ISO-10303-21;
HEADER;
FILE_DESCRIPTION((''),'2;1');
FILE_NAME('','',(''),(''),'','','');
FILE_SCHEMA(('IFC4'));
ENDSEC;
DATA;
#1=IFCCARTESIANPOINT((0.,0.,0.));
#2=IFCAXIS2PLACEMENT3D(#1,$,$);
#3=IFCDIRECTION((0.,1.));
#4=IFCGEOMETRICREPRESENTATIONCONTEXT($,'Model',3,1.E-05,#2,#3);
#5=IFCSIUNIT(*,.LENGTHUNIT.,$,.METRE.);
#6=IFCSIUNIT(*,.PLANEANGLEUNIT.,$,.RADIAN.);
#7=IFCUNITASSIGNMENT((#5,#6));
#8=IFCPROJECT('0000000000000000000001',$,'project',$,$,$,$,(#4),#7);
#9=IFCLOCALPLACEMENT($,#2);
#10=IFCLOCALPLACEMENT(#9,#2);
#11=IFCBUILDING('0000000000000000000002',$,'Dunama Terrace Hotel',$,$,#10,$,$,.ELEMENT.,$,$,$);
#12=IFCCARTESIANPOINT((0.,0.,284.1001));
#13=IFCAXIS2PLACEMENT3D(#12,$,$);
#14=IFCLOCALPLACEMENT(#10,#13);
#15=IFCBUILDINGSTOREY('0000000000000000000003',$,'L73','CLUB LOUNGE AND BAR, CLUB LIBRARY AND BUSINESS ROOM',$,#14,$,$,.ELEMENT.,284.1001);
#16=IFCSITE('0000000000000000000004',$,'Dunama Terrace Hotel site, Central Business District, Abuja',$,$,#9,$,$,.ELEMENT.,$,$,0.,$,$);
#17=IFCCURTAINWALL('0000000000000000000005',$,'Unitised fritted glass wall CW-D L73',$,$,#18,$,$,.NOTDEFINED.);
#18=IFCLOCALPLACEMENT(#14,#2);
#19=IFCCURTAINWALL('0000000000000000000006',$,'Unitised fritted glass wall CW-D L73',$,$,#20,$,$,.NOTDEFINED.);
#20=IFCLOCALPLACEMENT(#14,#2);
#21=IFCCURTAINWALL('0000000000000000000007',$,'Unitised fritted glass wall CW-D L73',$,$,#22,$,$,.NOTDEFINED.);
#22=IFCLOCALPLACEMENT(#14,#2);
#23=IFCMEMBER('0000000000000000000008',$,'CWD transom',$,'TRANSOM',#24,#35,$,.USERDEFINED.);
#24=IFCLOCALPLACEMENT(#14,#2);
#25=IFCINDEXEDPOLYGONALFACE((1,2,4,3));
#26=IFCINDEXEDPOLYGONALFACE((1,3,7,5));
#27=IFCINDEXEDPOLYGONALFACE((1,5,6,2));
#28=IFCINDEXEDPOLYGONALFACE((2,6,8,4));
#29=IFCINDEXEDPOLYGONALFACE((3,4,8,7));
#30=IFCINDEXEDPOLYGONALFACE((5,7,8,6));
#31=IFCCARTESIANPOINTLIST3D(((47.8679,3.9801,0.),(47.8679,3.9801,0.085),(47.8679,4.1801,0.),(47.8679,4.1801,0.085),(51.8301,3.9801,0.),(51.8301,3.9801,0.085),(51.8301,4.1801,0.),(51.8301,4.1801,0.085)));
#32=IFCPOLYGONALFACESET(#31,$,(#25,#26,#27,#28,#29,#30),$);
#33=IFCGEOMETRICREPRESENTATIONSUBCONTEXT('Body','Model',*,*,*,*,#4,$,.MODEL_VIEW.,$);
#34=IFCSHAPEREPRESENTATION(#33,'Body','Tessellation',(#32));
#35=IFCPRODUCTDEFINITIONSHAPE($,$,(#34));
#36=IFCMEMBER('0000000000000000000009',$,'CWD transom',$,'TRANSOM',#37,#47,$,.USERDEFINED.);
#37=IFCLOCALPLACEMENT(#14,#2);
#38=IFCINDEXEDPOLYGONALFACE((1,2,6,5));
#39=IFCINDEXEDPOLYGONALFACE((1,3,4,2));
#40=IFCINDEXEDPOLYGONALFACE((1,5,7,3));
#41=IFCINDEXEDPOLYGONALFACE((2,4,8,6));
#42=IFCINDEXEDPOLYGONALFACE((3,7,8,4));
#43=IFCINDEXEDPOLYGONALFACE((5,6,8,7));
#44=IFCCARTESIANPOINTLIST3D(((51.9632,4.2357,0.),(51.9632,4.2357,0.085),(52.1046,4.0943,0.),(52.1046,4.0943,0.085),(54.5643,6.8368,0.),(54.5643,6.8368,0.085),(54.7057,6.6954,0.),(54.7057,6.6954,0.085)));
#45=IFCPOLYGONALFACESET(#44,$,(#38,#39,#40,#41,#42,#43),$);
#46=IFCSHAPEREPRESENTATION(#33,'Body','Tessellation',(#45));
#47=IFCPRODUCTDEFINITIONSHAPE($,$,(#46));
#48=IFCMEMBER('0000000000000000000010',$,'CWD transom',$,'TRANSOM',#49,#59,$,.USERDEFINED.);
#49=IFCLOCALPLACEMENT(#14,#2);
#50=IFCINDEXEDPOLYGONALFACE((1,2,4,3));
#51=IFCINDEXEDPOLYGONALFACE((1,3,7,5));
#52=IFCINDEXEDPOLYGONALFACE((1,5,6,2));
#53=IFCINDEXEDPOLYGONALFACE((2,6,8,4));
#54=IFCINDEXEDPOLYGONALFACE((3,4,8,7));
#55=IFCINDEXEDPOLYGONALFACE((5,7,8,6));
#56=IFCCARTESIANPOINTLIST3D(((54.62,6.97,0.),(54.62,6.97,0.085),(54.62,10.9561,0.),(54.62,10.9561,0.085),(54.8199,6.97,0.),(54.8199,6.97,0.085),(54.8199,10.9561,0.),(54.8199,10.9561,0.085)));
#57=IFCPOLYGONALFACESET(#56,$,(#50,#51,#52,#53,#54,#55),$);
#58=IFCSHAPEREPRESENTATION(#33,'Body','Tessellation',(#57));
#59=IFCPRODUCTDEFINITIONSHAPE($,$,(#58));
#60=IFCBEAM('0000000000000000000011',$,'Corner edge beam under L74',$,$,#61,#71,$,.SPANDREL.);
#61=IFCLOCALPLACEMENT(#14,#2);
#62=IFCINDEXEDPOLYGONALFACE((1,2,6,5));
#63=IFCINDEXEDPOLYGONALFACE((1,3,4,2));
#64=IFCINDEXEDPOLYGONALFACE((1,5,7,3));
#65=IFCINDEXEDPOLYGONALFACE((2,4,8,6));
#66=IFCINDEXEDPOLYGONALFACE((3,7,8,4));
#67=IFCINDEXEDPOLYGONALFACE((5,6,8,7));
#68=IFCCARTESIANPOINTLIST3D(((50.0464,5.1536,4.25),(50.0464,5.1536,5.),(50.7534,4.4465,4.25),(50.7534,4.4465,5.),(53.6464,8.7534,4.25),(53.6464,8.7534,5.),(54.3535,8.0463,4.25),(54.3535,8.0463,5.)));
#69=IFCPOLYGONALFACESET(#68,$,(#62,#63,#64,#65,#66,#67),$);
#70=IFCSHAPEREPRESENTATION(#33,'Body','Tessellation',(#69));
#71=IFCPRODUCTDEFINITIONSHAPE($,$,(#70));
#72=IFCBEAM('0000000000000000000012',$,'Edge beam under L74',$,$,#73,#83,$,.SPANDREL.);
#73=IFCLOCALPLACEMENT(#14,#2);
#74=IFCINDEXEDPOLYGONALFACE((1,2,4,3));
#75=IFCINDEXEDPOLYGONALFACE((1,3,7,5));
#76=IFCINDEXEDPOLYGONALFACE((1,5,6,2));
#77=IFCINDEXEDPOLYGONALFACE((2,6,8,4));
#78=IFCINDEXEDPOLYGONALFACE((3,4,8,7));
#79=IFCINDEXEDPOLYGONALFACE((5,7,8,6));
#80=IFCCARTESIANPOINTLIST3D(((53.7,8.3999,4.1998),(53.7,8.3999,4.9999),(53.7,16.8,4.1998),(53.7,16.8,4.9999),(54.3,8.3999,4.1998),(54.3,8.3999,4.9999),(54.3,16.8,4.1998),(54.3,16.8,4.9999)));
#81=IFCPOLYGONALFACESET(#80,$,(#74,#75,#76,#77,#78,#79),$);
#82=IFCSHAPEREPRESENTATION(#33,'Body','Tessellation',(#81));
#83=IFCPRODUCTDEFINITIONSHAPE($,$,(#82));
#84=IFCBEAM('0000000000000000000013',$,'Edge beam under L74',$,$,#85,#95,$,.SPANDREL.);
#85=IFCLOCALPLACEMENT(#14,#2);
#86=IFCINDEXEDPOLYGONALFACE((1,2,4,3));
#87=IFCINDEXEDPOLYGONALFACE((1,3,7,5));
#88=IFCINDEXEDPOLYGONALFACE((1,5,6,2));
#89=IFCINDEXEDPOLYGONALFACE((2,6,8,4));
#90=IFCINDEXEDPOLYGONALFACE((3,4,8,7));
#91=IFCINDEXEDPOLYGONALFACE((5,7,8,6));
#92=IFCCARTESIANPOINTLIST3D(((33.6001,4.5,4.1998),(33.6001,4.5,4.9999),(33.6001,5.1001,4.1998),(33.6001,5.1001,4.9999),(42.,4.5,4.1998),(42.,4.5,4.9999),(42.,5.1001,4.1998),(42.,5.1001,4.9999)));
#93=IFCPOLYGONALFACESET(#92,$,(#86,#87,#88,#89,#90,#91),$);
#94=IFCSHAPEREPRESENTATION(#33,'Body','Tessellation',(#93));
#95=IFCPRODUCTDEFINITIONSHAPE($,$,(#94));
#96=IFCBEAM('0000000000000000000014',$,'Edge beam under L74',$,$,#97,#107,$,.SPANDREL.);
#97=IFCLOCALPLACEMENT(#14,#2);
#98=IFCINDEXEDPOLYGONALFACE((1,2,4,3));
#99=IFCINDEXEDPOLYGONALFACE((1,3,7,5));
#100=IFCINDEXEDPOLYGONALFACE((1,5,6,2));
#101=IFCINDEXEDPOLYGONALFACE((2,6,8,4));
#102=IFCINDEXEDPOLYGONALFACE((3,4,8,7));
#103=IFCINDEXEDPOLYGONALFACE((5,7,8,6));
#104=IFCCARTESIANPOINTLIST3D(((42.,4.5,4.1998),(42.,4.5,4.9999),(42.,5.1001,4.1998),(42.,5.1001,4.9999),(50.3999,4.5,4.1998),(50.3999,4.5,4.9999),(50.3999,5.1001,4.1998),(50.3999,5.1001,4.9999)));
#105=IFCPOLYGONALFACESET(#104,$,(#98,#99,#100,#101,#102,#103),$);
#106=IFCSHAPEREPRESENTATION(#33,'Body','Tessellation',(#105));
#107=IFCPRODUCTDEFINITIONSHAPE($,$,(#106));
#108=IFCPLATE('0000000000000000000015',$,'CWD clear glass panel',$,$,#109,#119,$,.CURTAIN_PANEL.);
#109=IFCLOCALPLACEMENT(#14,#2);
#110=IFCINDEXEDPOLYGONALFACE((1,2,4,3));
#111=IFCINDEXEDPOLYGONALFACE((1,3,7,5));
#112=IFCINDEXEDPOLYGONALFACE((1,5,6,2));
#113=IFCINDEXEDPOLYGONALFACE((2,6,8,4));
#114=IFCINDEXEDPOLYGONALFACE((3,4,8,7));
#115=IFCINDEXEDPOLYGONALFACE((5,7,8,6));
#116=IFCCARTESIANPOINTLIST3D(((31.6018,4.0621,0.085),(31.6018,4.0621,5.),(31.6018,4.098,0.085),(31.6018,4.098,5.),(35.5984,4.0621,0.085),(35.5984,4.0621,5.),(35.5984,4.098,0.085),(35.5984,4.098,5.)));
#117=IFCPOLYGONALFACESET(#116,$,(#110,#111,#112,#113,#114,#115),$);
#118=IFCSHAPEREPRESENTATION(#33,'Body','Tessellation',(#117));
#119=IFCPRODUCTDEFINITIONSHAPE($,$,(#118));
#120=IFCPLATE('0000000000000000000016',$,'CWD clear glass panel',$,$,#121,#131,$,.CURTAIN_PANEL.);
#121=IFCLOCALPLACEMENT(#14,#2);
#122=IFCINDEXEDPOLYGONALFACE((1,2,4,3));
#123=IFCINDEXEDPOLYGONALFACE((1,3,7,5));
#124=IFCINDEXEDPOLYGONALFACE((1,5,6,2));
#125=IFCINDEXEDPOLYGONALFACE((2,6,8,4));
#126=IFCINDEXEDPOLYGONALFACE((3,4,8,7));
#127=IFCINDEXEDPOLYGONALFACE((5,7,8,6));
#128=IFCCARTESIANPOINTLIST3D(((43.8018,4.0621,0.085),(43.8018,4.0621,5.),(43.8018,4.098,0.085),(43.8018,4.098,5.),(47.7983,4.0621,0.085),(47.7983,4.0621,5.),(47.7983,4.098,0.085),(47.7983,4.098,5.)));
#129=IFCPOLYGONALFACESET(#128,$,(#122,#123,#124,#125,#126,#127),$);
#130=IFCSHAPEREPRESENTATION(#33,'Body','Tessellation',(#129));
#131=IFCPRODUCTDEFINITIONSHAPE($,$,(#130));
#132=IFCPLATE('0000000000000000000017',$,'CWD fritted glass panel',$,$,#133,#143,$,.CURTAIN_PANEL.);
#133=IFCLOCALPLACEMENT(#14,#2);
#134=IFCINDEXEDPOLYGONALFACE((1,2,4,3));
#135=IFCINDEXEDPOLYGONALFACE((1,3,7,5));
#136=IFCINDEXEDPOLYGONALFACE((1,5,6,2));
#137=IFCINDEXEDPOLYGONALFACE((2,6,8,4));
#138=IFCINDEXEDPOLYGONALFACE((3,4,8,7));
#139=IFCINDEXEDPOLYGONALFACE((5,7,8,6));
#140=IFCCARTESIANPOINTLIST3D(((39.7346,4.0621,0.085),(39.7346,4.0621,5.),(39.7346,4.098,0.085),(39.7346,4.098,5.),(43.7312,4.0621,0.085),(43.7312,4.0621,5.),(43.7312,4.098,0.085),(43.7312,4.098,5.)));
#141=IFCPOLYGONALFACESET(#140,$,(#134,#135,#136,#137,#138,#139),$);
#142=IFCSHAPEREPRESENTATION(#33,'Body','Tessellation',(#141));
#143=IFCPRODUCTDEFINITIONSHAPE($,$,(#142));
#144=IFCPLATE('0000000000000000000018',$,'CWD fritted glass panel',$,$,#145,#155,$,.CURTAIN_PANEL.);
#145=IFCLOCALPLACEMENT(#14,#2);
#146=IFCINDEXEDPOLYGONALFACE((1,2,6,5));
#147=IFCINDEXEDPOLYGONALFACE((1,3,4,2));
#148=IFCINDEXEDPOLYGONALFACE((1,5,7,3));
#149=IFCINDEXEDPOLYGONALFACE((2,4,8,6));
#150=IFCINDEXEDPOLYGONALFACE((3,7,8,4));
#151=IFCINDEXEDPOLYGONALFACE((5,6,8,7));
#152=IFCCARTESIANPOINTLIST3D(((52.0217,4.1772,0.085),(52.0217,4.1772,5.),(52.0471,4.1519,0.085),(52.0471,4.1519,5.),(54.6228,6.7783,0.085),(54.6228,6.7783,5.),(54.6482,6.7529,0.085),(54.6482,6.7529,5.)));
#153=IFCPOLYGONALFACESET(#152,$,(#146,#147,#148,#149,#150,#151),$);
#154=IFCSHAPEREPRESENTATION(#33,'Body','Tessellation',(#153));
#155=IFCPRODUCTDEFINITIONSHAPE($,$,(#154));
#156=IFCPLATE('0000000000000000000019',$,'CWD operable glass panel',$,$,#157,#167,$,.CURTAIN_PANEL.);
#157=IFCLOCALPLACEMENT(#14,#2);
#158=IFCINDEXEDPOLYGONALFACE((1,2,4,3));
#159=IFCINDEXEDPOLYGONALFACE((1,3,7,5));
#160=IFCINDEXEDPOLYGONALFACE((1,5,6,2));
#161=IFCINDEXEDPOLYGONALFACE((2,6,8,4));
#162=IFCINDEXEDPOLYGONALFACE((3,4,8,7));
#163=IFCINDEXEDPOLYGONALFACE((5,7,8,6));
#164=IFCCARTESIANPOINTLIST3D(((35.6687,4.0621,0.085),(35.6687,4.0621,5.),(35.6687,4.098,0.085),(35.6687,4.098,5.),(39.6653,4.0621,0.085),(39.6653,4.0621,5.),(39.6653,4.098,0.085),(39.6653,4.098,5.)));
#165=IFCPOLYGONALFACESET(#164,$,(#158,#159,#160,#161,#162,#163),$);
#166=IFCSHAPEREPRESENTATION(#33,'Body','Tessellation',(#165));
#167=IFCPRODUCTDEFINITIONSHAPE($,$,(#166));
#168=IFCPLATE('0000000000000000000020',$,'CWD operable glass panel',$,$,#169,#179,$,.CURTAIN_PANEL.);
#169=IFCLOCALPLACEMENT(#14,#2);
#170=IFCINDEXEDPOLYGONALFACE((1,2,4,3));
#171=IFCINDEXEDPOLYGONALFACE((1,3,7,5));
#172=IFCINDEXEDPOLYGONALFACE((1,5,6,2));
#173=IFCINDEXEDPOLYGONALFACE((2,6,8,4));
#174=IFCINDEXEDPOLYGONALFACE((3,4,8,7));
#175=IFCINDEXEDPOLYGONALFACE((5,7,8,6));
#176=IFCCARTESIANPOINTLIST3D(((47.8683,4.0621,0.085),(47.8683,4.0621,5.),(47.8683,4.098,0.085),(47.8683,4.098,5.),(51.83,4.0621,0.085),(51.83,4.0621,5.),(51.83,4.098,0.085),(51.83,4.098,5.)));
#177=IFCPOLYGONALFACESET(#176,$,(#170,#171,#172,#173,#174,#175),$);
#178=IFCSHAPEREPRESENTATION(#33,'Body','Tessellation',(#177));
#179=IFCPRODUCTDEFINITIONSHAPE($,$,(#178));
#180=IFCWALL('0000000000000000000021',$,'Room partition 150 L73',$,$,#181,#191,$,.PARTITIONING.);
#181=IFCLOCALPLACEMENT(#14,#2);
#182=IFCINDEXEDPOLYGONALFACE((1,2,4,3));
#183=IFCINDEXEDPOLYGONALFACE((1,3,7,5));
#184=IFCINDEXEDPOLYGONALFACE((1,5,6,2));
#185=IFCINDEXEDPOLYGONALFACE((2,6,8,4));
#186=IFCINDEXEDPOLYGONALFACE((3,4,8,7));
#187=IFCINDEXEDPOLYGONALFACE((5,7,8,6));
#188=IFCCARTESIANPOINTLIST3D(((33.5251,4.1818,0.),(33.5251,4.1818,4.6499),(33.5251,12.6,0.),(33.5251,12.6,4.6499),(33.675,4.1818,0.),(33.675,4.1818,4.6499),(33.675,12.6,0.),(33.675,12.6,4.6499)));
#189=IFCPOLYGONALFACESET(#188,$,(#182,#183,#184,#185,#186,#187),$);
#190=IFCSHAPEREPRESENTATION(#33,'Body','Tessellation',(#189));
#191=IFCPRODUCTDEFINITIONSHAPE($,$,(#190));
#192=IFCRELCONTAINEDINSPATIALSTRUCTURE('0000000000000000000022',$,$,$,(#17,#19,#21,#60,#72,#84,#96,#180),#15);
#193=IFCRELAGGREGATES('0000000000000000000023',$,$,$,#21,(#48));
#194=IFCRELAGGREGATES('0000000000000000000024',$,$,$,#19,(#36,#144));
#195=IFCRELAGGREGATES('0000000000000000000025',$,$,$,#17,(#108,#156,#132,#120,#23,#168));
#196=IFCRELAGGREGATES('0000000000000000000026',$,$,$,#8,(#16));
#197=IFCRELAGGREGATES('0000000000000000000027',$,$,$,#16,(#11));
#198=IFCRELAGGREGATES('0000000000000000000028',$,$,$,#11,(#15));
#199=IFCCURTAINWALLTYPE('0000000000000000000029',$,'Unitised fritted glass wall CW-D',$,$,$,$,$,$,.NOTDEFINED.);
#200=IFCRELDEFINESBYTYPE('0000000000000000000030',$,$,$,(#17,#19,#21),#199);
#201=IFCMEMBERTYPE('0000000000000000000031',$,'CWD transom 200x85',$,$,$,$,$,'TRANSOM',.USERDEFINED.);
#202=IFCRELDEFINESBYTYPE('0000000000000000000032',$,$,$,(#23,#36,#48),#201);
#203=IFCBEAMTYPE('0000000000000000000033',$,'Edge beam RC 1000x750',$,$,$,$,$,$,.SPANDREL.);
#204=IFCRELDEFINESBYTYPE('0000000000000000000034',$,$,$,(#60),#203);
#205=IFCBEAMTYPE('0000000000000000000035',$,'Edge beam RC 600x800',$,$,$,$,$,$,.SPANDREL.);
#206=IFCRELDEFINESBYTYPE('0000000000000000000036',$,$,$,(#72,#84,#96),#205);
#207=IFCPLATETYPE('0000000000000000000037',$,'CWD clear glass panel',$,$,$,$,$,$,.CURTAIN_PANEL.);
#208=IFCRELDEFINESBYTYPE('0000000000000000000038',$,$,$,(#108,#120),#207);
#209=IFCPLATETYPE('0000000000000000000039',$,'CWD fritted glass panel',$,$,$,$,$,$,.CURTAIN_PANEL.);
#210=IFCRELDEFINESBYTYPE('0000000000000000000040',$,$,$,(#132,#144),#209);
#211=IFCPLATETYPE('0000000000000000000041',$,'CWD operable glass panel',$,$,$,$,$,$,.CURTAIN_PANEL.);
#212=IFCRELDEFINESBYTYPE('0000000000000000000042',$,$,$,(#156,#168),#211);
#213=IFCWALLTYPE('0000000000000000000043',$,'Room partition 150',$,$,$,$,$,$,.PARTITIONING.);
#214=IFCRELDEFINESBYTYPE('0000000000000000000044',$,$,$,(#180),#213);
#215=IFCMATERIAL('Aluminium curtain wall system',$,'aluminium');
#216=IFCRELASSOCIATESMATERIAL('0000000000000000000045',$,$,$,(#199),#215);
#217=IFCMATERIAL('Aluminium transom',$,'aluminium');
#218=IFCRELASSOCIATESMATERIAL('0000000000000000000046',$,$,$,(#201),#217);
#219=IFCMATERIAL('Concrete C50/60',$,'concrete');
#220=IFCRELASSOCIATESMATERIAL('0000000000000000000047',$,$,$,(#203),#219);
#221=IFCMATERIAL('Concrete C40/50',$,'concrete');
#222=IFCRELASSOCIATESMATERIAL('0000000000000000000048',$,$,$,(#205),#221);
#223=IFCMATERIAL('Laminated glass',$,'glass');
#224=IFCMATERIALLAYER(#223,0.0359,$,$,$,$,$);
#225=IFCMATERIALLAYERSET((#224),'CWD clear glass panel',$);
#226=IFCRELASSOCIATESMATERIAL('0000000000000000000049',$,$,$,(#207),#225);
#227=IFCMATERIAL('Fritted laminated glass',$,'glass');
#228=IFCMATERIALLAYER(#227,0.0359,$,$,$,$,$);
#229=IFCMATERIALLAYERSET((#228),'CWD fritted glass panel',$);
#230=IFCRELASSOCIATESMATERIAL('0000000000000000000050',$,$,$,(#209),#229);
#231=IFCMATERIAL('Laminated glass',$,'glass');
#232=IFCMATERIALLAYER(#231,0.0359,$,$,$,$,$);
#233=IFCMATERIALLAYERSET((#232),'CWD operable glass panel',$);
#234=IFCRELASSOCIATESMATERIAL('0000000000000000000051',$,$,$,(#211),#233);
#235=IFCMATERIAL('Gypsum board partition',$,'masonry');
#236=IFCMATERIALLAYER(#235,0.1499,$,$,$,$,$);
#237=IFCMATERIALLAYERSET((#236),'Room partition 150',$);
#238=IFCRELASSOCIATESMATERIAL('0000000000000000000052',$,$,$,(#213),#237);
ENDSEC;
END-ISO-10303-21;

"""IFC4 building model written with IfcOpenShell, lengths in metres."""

from ifc_helpers import new_model, si_unit, direction, frame, frame_2d, origin, origin_2d, place, context, subcontext, project, spatial, rectangle, extrude, material, layer, layer_set, material_profile, profile_set, type_object, element, aggregate, save


model = new_model("IFC4")

# Units and contexts
model_context = context("Model", 3, precision=1e-05, world=origin(), true_north=direction((0.0, 1.0)))
body_context = subcontext(model_context, "Body", "Model", "MODEL_VIEW")
ifc_project = project(units=[si_unit("LENGTHUNIT", "METRE"), si_unit("PLANEANGLEUNIT", "RADIAN")], contexts=[model_context])

# Site, building, storey
site_placement = place(None, origin())
site = spatial("IfcSite", under=ifc_project, at=site_placement, Name="Dunama Terrace Hotel site, Central Business District, Abuja", CompositionType="ELEMENT", RefElevation=0.0)
building_placement = place(site_placement, origin())
building = spatial("IfcBuilding", under=site, at=building_placement, Name="Dunama Terrace Hotel", CompositionType="ELEMENT")
storey_placement = place(building_placement, frame((0.0, 0.0, 284.1001)))
storey = spatial("IfcBuildingStorey", under=building, at=storey_placement, Name="L73", Description="CLUB LOUNGE AND BAR, CLUB LIBRARY AND BUSINESS ROOM", CompositionType="ELEMENT", Elevation=284.1001)

# Curtain walls
ifc_material_1 = material(Name="Aluminium curtain wall system", Category="aluminium")
curtain_wall_type = type_object("IfcCurtainWallType", Name="Unitised fritted glass wall CW-D", PredefinedType="NOTDEFINED", material=ifc_material_1)
curtain_wall_1_placement = place(storey_placement, origin())
curtain_wall_1 = element("IfcCurtainWall", 1, at=curtain_wall_1_placement, inside=storey, type_object=curtain_wall_type, Name="Unitised fritted glass wall CW-D L73", PredefinedType="NOTDEFINED")
curtain_wall_2_placement = place(storey_placement, origin())
curtain_wall_2 = element("IfcCurtainWall", 2, at=curtain_wall_2_placement, inside=storey, type_object=curtain_wall_type, Name="Unitised fritted glass wall CW-D L73", PredefinedType="NOTDEFINED")

# Curtain wall
curtain_wall_3_placement = place(storey_placement, origin())
curtain_wall_3 = element("IfcCurtainWall", 3, at=curtain_wall_3_placement, inside=storey, type_object=curtain_wall_type, Name="Unitised fritted glass wall CW-D L73", PredefinedType="NOTDEFINED")

# Members
ifc_material_2 = material(Name="Aluminium transom", Category="aluminium")
ifc_material_profile_1 = material_profile(ifc_material_2, rectangle(XDim=0.2, YDim=0.085, at=origin_2d()), Name="CWD TRANSOM 200X85")
ifc_profile_set_1 = profile_set([ifc_material_profile_1], Name="Aluminium transom")
member_type_1 = type_object("IfcMemberType", Name="CWD transom 200x85", ElementType="TRANSOM", PredefinedType="USERDEFINED", material=ifc_profile_set_1)
member_1_placement = place(storey_placement, frame((47.8679, 4.0801, 0.0425), z_axis=(1.0, 0.0, 0.0), x_axis=(0.0, 1.0, 0.0)))
member_1 = element("IfcMember", 4, at=member_1_placement, type_object=member_type_1, Name="CWD transom", ObjectType="TRANSOM", PredefinedType="USERDEFINED", context=body_context, shape_type="SweptSolid", body=[
    extrude(rectangle(XDim=0.2, YDim=0.085, at=origin_2d()), origin(), (0.0, 0.0, 1.0), 3.9622),
])
member_2_placement = place(storey_placement, frame((52.0339, 4.165, 0.0425), z_axis=(0.707107, 0.707107, 0.0), x_axis=(-0.707107, 0.707107, 0.0)))
member_2 = element("IfcMember", 5, at=member_2_placement, type_object=member_type_1, Name="CWD transom", ObjectType="TRANSOM", PredefinedType="USERDEFINED", context=body_context, shape_type="SweptSolid", body=[
    extrude(rectangle(XDim=0.2, YDim=0.085, at=origin_2d()), origin(), (0.0, 0.0, 1.0), 3.6785),
])
member_3_placement = place(storey_placement, frame((54.72, 6.97, 0.0425), z_axis=(0.0, 1.0, 0.0), x_axis=(-1.0, 0.0, 0.0)))
member_3 = element("IfcMember", 6, at=member_3_placement, type_object=member_type_1, Name="CWD transom", ObjectType="TRANSOM", PredefinedType="USERDEFINED", context=body_context, shape_type="SweptSolid", body=[
    extrude(rectangle(XDim=0.2, YDim=0.085, at=origin_2d()), origin(), (0.0, 0.0, 1.0), 3.9861),
])
aggregate(curtain_wall_3, [member_3])

# Beams
ifc_material_3 = material(Name="Concrete C50/60", Category="concrete")
ifc_material_profile_2 = material_profile(ifc_material_3, rectangle(XDim=1.0, YDim=0.75, at=origin_2d()), Name="RC 1000x750")
ifc_profile_set_2 = profile_set([ifc_material_profile_2], Name="Concrete C50/60")
beam_type_1 = type_object("IfcBeamType", Name="Edge beam RC 1000x750", PredefinedType="SPANDREL", material=ifc_profile_set_2)
beam_1_placement = place(storey_placement, frame((50.3999, 4.8, 4.625), z_axis=(0.707131, 0.707083, 0.0), x_axis=(-0.707083, 0.707131, 0.0)))
element("IfcBeam", 7, at=beam_1_placement, inside=storey, type_object=beam_type_1, Name="Corner edge beam under L74", PredefinedType="SPANDREL", context=body_context, shape_type="SweptSolid", body=[
    extrude(rectangle(XDim=1.0, YDim=0.75, at=origin_2d()), origin(), (0.0, 0.0, 1.0), 5.0911),
])
ifc_material_4 = material(Name="Concrete C40/50", Category="concrete")
ifc_material_profile_3 = material_profile(ifc_material_4, rectangle(XDim=0.6001, YDim=0.8, at=origin_2d()), Name="RC 600x800")
ifc_profile_set_3 = profile_set([ifc_material_profile_3], Name="Concrete C40/50")
beam_type_2 = type_object("IfcBeamType", Name="Edge beam RC 600x800", PredefinedType="SPANDREL", material=ifc_profile_set_3)
beam_2_placement = place(storey_placement, frame((54.0, 8.3999, 4.5999), z_axis=(0.0, 1.0, 0.0), x_axis=(-1.0, 0.0, 0.0)))
element("IfcBeam", 8, at=beam_2_placement, inside=storey, type_object=beam_type_2, Name="Edge beam under L74", PredefinedType="SPANDREL", context=body_context, shape_type="SweptSolid", body=[
    extrude(rectangle(XDim=0.6001, YDim=0.8, at=origin_2d()), origin(), (0.0, 0.0, 1.0), 8.4001),
])
for number, where, z_axis, x_axis, name in (
    (9, (33.6001, 4.8, 4.5999), (1.0, 0.0, 0.0), (0.0, 1.0, 0.0), "Edge beam under L74"),
    (10, (42.0, 4.8, 4.5999), (1.0, 0.0, 0.0), (0.0, 1.0, 0.0), "Edge beam under L74"),
):
    element("IfcBeam", number, at=place(storey_placement, frame(where, z_axis=z_axis, x_axis=x_axis)), inside=storey, type_object=beam_type_2, Name=name, PredefinedType="SPANDREL", context=body_context, shape_type="SweptSolid", body=[
        extrude(rectangle(XDim=0.6001, YDim=0.8, at=origin_2d()), origin(), (0.0, 0.0, 1.0), 8.3999),
    ])

# Plates
ifc_material_5 = material(Name="Laminated glass", Category="glass")
ifc_layer_1 = layer(ifc_material_5, 0.0359)
ifc_layer_set_1 = layer_set([ifc_layer_1], Name="CWD clear glass panel")
plate_type_1 = type_object("IfcPlateType", Name="CWD clear glass panel", PredefinedType="CURTAIN_PANEL", material=ifc_layer_set_1)
plate_1_placement = place(storey_placement, frame((33.6001, 4.0801, 0.085), z_axis=(0.0, 0.0, 1.0), x_axis=(1.0, 0.0, 0.0)))
plate_1 = element("IfcPlate", 11, at=plate_1_placement, type_object=plate_type_1, Name="CWD clear glass panel", PredefinedType="CURTAIN_PANEL", context=body_context, shape_type="SweptSolid", body=[
    extrude(rectangle(XDim=3.9966, YDim=0.0359, at=origin_2d()), origin(), (0.0, 0.0, 1.0), 4.915),
])
plate_2_placement = place(storey_placement, frame((45.8, 4.0801, 0.085), z_axis=(0.0, 0.0, 1.0), x_axis=(1.0, 0.0, 0.0)))
plate_2 = element("IfcPlate", 12, at=plate_2_placement, type_object=plate_type_1, Name="CWD clear glass panel", PredefinedType="CURTAIN_PANEL", context=body_context, shape_type="SweptSolid", body=[
    extrude(rectangle(XDim=3.9966, YDim=0.0359, at=origin_2d()), origin(), (0.0, 0.0, 1.0), 4.915),
])
ifc_material_6 = material(Name="Fritted laminated glass", Category="glass")
ifc_layer_2 = layer(ifc_material_6, 0.0359)
ifc_layer_set_2 = layer_set([ifc_layer_2], Name="CWD fritted glass panel")
plate_type_2 = type_object("IfcPlateType", Name="CWD fritted glass panel", PredefinedType="CURTAIN_PANEL", material=ifc_layer_set_2)
plate_3_placement = place(storey_placement, frame((41.7329, 4.0801, 0.085), z_axis=(0.0, 0.0, 1.0), x_axis=(1.0, 0.0, 0.0)))
plate_3 = element("IfcPlate", 13, at=plate_3_placement, type_object=plate_type_2, Name="CWD fritted glass panel", PredefinedType="CURTAIN_PANEL", context=body_context, shape_type="SweptSolid", body=[
    extrude(rectangle(XDim=3.9966, YDim=0.0359, at=origin_2d()), origin(), (0.0, 0.0, 1.0), 4.915),
])
plate_4_placement = place(storey_placement, frame((53.335, 5.4651, 0.085), z_axis=(0.0, 0.0, 1.0), x_axis=(0.707107, 0.707107, 0.0)))
plate_4 = element("IfcPlate", 14, at=plate_4_placement, type_object=plate_type_2, Name="CWD fritted glass panel", PredefinedType="CURTAIN_PANEL", context=body_context, shape_type="SweptSolid", body=[
    extrude(rectangle(XDim=3.6785, YDim=0.0359, at=origin_2d()), origin(), (0.0, 0.0, 1.0), 4.915),
])
aggregate(curtain_wall_2, [member_2, plate_4])
ifc_material_7 = material(Name="Laminated glass", Category="glass")
ifc_layer_3 = layer(ifc_material_7, 0.0359)
ifc_layer_set_3 = layer_set([ifc_layer_3], Name="CWD operable glass panel")
plate_type_3 = type_object("IfcPlateType", Name="CWD operable glass panel", PredefinedType="CURTAIN_PANEL", material=ifc_layer_set_3)
plate_5_placement = place(storey_placement, frame((37.667, 4.0801, 0.085), z_axis=(0.0, 0.0, 1.0), x_axis=(1.0, 0.0, 0.0)))
plate_5 = element("IfcPlate", 15, at=plate_5_placement, type_object=plate_type_3, Name="CWD operable glass panel", PredefinedType="CURTAIN_PANEL", context=body_context, shape_type="SweptSolid", body=[
    extrude(rectangle(XDim=3.9966, YDim=0.0359, at=origin_2d()), origin(), (0.0, 0.0, 1.0), 4.915),
])
plate_6_placement = place(storey_placement, frame((49.8491, 4.0801, 0.085), z_axis=(0.0, 0.0, 1.0), x_axis=(1.0, 0.0, 0.0)))
plate_6 = element("IfcPlate", 16, at=plate_6_placement, type_object=plate_type_3, Name="CWD operable glass panel", PredefinedType="CURTAIN_PANEL", context=body_context, shape_type="SweptSolid", body=[
    extrude(rectangle(XDim=3.9617, YDim=0.0359, at=origin_2d()), origin(), (0.0, 0.0, 1.0), 4.915),
])
aggregate(curtain_wall_1, [plate_1, plate_5, plate_3, plate_2, member_1, plate_6])

# Wall
ifc_material_8 = material(Name="Gypsum board partition", Category="masonry")
ifc_layer_4 = layer(ifc_material_8, 0.1499)
ifc_layer_set_4 = layer_set([ifc_layer_4], Name="Room partition 150")
wall_type = type_object("IfcWallType", Name="Room partition 150", PredefinedType="PARTITIONING", material=ifc_layer_set_4)
for number, where, z_axis, x_axis, name in (
    (17, (33.6001, 4.1819, 0.0), (0.0, 0.0, 1.0), (0.0, 1.0, 0.0), "Room partition 150 L73"),
):
    element("IfcWall", number, at=place(storey_placement, frame(where, z_axis=z_axis, x_axis=x_axis)), inside=storey, type_object=wall_type, Name=name, PredefinedType="PARTITIONING", context=body_context, shape_type="SweptSolid", body=[
        extrude(rectangle(XDim=8.4182, YDim=0.1499, at=frame_2d((4.209, 0.0))), origin(), (0.0, 0.0, 1.0), 4.6499),
    ])

save(model, "model.ifc")
